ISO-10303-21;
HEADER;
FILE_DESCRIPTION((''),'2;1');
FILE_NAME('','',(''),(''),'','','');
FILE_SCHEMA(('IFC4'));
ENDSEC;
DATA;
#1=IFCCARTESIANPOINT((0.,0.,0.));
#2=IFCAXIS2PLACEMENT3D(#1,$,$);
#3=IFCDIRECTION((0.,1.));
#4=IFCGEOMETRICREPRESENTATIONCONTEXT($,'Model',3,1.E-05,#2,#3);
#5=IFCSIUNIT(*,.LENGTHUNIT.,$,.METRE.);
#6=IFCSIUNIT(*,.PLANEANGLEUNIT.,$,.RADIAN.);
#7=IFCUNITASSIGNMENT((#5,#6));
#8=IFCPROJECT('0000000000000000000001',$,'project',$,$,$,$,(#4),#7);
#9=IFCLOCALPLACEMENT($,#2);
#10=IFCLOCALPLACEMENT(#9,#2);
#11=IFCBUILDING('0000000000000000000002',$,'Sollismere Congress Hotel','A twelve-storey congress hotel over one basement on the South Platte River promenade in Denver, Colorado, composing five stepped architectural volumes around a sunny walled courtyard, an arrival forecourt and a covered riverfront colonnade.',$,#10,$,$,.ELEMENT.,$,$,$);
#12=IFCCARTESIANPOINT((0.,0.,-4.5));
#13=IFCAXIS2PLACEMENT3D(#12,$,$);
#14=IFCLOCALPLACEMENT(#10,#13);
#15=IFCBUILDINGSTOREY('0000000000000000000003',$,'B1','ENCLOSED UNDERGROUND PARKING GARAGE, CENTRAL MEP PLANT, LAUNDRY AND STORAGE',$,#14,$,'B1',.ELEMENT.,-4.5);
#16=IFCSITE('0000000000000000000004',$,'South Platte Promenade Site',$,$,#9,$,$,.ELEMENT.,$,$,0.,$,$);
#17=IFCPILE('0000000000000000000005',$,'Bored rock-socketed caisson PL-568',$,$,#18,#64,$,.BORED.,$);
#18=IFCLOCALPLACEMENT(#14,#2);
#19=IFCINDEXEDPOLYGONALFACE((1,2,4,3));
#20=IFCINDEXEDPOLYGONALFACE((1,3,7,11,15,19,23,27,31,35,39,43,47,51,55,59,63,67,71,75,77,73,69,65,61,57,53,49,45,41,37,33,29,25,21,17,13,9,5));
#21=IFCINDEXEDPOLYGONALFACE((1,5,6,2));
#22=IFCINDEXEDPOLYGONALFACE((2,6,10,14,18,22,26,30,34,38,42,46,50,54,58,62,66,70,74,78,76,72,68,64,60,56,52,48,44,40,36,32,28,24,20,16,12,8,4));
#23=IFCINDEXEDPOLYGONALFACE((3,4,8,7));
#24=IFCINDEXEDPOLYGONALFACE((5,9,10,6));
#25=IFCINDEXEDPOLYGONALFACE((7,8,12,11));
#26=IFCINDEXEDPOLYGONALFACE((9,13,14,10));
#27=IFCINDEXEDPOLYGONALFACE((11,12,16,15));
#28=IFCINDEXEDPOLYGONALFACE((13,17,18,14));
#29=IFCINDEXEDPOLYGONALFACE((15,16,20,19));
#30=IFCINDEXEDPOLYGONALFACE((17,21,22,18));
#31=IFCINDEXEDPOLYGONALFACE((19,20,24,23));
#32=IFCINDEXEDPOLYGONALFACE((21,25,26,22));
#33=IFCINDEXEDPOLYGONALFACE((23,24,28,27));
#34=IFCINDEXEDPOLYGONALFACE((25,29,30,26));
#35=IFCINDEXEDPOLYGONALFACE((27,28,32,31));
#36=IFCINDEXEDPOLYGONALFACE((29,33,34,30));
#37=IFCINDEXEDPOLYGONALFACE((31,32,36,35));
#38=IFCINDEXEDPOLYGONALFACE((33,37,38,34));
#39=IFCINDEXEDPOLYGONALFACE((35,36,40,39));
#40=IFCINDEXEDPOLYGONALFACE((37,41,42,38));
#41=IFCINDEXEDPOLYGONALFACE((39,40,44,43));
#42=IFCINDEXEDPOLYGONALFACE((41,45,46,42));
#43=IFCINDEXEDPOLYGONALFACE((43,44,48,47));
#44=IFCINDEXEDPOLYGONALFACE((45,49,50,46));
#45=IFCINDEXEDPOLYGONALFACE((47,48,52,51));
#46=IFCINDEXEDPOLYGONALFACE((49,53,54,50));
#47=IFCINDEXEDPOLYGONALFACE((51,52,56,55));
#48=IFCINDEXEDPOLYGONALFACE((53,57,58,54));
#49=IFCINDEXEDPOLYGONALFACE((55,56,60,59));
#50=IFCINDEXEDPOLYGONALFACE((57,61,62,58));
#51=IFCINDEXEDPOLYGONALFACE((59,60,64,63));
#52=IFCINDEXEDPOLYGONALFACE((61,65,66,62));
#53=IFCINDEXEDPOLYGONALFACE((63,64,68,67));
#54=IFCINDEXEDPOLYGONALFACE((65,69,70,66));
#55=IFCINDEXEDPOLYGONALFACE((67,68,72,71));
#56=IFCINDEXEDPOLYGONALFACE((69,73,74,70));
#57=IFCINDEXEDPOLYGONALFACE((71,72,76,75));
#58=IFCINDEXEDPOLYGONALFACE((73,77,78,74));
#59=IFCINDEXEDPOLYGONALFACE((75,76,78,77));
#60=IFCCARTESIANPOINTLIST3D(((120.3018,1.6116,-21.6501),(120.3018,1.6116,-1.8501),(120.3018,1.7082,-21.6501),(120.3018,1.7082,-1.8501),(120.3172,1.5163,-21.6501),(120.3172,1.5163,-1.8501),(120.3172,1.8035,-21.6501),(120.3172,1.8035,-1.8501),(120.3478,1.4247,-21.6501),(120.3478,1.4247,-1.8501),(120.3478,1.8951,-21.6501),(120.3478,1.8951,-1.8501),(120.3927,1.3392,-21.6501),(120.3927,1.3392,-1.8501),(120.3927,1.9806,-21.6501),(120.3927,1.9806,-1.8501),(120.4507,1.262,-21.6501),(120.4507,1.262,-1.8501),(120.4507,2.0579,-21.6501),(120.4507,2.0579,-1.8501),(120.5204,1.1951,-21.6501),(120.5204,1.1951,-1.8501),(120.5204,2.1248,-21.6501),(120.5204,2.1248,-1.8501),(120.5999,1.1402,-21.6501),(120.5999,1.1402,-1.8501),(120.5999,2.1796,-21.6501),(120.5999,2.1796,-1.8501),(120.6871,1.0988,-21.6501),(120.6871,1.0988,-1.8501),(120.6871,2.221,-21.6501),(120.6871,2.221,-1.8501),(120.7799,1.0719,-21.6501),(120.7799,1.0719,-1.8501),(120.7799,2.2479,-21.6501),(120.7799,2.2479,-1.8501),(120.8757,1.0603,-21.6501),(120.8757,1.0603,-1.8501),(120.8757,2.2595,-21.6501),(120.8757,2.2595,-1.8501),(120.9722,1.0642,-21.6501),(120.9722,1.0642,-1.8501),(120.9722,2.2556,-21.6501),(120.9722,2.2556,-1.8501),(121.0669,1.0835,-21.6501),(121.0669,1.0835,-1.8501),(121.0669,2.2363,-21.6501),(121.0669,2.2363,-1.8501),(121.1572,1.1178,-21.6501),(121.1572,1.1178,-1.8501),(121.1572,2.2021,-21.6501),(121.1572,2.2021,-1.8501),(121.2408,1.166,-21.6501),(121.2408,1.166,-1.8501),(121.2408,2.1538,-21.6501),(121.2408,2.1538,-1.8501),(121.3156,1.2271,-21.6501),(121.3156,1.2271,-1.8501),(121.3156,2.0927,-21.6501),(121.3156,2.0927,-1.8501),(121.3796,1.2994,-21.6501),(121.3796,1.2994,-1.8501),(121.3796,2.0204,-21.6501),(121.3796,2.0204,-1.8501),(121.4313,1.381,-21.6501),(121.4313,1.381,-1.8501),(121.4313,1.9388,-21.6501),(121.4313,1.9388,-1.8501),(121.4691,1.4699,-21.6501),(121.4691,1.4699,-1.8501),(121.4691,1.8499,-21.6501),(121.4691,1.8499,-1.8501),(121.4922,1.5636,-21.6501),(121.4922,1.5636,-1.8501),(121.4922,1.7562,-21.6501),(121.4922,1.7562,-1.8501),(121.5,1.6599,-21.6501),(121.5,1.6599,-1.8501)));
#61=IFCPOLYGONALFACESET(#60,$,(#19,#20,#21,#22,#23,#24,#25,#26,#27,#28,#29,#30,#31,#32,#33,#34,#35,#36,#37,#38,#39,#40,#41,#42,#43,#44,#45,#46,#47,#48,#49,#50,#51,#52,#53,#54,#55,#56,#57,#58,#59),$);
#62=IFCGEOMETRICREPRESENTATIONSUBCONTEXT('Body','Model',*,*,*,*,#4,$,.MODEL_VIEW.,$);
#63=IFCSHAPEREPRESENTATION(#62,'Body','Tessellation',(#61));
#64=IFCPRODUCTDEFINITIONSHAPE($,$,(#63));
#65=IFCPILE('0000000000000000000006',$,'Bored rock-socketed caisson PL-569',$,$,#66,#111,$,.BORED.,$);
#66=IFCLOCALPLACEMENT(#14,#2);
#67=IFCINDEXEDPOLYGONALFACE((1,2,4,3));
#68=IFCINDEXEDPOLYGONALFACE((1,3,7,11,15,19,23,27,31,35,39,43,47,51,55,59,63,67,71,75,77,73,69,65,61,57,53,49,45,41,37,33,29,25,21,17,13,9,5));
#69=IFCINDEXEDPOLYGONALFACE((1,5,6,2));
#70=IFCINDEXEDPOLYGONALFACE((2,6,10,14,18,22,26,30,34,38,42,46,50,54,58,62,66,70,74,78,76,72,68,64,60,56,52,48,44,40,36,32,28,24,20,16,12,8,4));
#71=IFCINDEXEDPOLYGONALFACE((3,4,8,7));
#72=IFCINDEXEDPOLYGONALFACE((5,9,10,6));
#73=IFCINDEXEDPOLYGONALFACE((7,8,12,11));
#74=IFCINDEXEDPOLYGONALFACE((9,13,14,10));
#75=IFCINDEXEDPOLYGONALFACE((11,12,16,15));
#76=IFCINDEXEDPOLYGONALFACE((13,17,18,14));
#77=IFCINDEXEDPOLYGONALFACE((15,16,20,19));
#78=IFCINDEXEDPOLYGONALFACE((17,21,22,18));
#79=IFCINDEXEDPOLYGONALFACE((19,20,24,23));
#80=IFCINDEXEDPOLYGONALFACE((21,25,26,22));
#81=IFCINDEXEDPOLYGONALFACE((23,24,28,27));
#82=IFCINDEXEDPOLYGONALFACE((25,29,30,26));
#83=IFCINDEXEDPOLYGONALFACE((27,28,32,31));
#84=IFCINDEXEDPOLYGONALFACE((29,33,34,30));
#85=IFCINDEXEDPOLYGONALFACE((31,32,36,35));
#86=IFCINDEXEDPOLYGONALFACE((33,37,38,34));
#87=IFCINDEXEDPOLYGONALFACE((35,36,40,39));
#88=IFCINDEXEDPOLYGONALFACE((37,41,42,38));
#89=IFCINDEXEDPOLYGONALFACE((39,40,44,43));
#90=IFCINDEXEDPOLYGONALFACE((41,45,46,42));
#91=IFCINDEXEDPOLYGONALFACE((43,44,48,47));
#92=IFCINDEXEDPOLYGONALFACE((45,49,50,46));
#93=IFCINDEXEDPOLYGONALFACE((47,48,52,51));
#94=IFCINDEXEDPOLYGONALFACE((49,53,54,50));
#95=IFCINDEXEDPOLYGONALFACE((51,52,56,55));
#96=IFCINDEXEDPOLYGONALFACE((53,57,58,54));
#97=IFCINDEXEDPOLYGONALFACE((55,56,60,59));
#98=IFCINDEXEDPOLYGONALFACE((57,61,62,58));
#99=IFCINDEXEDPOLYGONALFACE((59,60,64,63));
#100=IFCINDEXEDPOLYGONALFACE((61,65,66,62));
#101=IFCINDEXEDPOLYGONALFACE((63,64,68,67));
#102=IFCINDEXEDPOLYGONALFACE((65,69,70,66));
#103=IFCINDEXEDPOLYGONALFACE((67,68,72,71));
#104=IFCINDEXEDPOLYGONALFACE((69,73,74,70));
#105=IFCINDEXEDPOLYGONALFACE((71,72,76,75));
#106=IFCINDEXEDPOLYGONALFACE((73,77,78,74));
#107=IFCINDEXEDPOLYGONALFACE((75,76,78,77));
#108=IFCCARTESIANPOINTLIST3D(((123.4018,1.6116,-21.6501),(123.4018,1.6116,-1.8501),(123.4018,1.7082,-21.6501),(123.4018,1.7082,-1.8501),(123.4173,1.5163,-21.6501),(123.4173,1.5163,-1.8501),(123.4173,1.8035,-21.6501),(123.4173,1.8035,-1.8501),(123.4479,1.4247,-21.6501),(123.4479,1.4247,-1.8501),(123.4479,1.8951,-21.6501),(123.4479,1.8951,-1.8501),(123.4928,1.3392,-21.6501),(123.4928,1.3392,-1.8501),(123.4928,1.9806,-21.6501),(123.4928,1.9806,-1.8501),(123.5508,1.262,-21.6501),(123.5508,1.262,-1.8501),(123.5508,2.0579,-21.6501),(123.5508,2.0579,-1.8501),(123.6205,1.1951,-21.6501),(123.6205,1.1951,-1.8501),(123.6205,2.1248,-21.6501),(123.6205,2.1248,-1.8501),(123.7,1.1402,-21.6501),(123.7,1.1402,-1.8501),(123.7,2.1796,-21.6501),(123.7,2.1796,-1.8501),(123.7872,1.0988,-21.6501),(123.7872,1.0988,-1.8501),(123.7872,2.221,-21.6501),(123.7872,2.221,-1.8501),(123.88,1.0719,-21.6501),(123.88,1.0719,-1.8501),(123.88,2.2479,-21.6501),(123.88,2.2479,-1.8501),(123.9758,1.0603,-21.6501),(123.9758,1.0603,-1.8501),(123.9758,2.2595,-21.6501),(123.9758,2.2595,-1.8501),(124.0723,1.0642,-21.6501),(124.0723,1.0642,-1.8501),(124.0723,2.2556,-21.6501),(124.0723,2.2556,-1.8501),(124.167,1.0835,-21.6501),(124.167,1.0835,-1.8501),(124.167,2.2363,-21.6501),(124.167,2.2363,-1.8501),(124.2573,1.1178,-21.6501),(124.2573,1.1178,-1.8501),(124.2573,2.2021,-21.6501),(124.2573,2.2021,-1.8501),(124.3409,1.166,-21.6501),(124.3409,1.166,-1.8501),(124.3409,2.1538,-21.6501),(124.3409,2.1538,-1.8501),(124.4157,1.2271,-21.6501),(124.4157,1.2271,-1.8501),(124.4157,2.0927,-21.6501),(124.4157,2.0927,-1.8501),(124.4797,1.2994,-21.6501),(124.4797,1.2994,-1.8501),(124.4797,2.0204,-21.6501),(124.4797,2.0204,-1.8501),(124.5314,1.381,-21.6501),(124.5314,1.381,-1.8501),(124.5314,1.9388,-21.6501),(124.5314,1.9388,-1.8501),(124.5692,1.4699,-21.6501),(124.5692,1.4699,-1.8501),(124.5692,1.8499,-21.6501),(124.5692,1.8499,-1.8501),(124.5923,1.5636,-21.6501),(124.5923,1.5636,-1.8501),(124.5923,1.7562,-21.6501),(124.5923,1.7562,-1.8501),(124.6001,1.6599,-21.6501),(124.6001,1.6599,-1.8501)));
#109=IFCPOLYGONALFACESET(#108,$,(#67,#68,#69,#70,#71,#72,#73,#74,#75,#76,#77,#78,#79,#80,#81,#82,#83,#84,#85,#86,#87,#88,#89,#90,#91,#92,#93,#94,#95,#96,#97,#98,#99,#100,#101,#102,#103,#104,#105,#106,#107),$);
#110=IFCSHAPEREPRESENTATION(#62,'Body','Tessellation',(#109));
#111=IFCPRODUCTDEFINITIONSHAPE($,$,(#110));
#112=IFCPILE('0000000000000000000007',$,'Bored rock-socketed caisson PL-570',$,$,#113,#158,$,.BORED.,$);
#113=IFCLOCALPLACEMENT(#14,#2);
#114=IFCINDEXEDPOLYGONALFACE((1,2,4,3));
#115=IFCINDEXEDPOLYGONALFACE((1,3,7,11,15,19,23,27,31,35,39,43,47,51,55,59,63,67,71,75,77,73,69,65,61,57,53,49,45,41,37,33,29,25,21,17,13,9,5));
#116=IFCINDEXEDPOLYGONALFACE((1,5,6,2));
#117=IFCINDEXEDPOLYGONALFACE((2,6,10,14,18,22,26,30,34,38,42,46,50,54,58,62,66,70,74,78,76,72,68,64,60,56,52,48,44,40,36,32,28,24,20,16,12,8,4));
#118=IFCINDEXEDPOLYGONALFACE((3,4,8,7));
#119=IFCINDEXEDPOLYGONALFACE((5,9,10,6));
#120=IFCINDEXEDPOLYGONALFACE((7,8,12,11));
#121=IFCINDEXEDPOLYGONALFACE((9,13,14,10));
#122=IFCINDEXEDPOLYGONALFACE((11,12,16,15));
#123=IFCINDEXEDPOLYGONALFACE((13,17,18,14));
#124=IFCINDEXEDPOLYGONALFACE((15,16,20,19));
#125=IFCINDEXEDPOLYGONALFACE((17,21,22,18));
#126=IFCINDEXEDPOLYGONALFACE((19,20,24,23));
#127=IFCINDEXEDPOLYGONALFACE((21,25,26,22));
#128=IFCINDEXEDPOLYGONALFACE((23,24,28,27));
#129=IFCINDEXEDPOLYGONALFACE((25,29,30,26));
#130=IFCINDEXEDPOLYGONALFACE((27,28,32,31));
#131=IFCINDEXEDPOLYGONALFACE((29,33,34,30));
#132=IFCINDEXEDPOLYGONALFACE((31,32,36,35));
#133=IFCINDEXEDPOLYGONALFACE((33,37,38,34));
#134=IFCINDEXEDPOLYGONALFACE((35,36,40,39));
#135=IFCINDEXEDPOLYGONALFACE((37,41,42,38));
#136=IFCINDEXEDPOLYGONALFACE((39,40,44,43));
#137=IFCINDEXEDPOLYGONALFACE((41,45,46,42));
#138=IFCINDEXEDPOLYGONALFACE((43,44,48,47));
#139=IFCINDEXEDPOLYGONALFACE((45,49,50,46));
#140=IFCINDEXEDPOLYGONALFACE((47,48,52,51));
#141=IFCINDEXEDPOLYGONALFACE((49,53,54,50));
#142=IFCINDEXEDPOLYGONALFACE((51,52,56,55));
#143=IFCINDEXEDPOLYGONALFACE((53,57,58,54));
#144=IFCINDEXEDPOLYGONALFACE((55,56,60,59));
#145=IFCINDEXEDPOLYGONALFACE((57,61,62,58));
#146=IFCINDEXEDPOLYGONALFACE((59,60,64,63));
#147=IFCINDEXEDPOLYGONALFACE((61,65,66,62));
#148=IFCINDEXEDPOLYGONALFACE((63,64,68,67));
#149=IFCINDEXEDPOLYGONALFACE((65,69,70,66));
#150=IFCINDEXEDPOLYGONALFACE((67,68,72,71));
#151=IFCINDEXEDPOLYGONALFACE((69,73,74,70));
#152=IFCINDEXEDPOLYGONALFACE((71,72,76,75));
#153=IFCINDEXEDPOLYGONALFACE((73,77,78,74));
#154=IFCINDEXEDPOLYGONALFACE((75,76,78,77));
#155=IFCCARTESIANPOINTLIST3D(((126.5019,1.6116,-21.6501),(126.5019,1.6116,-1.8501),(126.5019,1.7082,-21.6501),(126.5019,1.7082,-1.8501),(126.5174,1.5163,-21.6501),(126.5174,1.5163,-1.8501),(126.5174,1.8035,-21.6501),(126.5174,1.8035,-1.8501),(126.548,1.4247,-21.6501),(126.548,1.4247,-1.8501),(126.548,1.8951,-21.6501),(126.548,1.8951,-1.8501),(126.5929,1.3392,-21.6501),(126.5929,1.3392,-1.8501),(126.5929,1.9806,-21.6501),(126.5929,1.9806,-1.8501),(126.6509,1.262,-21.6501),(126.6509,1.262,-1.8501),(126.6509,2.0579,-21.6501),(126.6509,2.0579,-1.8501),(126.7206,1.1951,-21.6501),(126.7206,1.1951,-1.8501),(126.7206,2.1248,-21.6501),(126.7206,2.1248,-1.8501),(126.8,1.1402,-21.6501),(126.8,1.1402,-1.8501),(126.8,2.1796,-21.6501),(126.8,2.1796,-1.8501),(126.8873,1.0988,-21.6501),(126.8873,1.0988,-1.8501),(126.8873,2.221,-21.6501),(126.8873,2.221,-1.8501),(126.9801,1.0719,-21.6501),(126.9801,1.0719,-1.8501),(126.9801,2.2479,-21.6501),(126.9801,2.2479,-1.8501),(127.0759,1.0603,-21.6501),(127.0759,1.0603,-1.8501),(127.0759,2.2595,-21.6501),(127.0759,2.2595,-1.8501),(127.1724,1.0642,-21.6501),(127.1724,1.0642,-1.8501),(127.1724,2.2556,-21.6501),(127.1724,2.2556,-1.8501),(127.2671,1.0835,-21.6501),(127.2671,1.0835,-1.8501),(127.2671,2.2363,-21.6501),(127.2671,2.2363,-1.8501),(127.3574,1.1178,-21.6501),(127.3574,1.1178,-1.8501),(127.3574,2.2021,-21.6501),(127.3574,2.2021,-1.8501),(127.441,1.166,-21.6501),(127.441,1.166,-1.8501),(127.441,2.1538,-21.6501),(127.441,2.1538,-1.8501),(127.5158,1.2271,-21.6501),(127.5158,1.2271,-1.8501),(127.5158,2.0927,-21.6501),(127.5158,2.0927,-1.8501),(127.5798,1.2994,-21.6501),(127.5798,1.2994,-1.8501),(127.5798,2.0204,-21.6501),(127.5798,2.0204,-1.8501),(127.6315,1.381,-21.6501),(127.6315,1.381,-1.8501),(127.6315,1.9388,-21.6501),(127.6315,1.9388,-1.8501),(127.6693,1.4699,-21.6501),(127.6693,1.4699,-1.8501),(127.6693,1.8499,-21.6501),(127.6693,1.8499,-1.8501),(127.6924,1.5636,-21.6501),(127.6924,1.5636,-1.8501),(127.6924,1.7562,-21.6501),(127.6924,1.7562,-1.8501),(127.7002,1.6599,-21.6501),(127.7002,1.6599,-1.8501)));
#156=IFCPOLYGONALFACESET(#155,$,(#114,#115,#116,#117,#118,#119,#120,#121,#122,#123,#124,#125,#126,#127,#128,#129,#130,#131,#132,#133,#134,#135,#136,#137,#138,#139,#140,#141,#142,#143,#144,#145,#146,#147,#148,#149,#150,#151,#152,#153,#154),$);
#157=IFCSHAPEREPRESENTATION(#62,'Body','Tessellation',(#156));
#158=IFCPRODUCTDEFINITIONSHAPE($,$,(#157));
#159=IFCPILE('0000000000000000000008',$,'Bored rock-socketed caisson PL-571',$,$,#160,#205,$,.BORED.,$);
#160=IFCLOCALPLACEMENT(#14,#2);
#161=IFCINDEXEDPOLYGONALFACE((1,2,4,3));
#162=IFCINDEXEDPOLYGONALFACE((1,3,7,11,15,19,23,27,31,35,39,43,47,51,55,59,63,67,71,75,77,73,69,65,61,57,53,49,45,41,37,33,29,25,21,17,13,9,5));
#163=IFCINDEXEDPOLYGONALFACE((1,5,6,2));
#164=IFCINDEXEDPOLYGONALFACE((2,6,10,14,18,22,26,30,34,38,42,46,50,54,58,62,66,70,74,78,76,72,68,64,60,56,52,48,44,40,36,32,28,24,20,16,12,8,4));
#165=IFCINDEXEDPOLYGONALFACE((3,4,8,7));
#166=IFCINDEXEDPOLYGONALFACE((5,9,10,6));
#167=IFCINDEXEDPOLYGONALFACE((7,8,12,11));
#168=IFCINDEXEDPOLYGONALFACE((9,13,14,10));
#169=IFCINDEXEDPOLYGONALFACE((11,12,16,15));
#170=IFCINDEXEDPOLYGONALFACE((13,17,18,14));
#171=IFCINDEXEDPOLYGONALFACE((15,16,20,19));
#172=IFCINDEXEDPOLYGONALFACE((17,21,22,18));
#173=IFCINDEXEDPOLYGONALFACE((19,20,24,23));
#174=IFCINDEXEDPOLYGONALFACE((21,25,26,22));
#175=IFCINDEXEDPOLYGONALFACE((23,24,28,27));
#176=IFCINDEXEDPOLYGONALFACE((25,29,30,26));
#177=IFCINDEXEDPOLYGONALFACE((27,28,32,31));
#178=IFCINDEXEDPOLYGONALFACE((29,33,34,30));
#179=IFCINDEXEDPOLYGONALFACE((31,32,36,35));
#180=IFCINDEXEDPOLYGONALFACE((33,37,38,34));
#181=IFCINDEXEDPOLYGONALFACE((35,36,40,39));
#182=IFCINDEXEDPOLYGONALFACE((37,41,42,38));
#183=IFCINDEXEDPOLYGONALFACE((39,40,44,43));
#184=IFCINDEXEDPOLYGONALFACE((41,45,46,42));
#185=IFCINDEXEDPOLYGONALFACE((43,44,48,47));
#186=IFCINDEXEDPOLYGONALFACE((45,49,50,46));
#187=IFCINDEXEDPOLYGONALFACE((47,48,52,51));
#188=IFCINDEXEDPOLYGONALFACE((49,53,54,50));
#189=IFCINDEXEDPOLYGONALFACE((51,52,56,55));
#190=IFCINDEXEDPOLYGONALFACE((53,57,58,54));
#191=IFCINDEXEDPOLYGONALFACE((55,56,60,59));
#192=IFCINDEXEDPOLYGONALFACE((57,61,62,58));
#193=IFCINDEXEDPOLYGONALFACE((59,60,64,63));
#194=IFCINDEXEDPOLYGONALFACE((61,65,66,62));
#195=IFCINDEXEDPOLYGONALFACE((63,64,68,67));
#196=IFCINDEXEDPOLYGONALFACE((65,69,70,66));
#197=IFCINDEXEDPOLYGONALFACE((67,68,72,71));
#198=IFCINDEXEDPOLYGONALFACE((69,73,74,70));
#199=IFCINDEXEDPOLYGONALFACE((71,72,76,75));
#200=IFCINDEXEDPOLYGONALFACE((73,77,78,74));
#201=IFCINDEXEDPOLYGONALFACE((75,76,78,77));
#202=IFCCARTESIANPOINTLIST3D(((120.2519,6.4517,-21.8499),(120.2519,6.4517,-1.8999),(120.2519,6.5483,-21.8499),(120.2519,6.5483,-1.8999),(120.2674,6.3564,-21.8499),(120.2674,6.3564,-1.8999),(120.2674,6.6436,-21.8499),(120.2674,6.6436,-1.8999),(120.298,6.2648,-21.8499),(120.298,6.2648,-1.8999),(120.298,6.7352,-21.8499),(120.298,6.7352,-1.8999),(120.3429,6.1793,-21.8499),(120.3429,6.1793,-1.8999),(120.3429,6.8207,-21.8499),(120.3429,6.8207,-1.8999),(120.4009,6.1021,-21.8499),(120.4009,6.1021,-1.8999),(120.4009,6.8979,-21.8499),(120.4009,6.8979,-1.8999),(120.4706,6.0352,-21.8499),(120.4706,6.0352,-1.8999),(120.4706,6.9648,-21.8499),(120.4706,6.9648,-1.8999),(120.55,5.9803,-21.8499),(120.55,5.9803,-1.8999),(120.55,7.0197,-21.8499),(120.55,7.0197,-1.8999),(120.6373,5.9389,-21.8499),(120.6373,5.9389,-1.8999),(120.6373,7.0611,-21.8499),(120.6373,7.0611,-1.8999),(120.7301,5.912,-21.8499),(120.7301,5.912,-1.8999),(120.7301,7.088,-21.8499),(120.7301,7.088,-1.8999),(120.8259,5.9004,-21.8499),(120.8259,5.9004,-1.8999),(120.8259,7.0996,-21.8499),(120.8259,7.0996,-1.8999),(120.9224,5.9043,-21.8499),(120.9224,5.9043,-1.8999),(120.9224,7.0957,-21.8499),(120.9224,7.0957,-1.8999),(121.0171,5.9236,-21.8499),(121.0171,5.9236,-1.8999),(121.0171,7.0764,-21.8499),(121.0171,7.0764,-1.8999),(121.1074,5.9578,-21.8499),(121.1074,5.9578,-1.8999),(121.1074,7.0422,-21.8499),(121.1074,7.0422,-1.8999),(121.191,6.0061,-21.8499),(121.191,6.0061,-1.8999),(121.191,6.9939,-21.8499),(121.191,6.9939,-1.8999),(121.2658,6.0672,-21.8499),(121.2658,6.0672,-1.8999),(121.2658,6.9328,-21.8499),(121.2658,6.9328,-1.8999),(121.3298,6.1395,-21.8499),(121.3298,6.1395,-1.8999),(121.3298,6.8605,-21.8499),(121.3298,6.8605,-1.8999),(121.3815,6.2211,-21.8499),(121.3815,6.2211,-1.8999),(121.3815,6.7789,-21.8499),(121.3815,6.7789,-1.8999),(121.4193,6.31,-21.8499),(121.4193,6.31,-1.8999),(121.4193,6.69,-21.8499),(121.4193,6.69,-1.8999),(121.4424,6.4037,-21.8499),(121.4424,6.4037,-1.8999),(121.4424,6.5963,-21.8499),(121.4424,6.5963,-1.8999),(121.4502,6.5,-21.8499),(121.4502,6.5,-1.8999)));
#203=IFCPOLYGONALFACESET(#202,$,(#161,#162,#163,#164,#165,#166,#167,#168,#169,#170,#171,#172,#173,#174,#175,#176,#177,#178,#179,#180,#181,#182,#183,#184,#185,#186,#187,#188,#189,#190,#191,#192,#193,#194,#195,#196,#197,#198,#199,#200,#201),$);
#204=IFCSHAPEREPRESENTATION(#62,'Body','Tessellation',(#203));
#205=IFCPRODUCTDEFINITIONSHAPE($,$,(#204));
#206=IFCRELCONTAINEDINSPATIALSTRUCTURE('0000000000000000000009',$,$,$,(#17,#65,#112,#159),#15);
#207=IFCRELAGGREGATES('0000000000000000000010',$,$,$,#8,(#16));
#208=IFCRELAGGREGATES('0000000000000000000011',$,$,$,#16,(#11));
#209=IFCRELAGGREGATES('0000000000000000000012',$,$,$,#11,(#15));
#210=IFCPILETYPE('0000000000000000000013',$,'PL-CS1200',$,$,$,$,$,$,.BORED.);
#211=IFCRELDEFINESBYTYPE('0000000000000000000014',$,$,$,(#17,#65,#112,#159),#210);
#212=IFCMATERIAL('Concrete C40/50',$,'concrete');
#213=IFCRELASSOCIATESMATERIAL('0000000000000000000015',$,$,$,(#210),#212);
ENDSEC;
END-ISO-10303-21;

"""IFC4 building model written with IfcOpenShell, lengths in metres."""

from ifc_helpers import new_model, si_unit, direction, frame, origin, origin_2d, place, context, subcontext, project, spatial, circle, extrude, material, material_profile, profile_set, type_object, element, save


model = new_model("IFC4")

# Units and contexts
model_context = context("Model", 3, precision=1e-05, world=origin(), true_north=direction((0.0, 1.0)))
body_context = subcontext(model_context, "Body", "Model", "MODEL_VIEW")
ifc_project = project(units=[si_unit("LENGTHUNIT", "METRE"), si_unit("PLANEANGLEUNIT", "RADIAN")], contexts=[model_context])

# Site, building, storey
site_placement = place(None, origin())
site = spatial("IfcSite", under=ifc_project, at=site_placement, Name="South Platte Promenade Site", CompositionType="ELEMENT", RefElevation=0.0)
building_placement = place(site_placement, origin())
building = spatial("IfcBuilding", under=site, at=building_placement, Name="Sollismere Congress Hotel", Description="A twelve-storey congress hotel over one basement on the South Platte River promenade in Denver, Colorado, composing five stepped architectural volumes around a sunny walled courtyard, an arrival forecourt and a covered riverfront colonnade.", CompositionType="ELEMENT")
storey_placement = place(building_placement, frame((0.0, 0.0, -4.5)))
storey = spatial("IfcBuildingStorey", under=building, at=storey_placement, Name="B1", Description="ENCLOSED UNDERGROUND PARKING GARAGE, CENTRAL MEP PLANT, LAUNDRY AND STORAGE", LongName="B1", CompositionType="ELEMENT", Elevation=-4.5)

# Shared definitions
ifc_material_1 = material(Name="Concrete C40/50", Category="concrete")

# Piles
ifc_material_profile_1 = material_profile(ifc_material_1, circle(Radius=0.6001, at=origin_2d()), Name="CAISSON1200")
ifc_profile_set_1 = profile_set([ifc_material_profile_1], Name="Concrete C40/50")
pile_type = type_object("IfcPileType", Name="PL-CS1200", PredefinedType="BORED", material=ifc_profile_set_1)
for number, where, z_axis, x_axis, name in (
    (1, (120.8999, 1.6599, -1.8501), (0.0, 0.0, -1.0), (1.0, 0.0, 0.0), "Bored rock-socketed caisson PL-568"),
    (2, (124.0, 1.6599, -1.8501), (0.0, 0.0, -1.0), (1.0, 0.0, 0.0), "Bored rock-socketed caisson PL-569"),
    (3, (127.1001, 1.6599, -1.8501), (0.0, 0.0, -1.0), (1.0, 0.0, 0.0), "Bored rock-socketed caisson PL-570"),
):
    element("IfcPile", number, at=place(storey_placement, frame(where, z_axis=z_axis, x_axis=x_axis)), inside=storey, type_object=pile_type, Name=name, PredefinedType="BORED", context=body_context, shape_type="SweptSolid", body=[
        extrude(circle(Radius=0.6001, at=origin_2d()), origin(), (0.0, 0.0, 1.0), 19.8),
    ])
for number, where, z_axis, x_axis, name in (
    (4, (120.8501, 6.5, -1.8999), (0.0, 0.0, -1.0), (1.0, 0.0, 0.0), "Bored rock-socketed caisson PL-571"),
):
    element("IfcPile", number, at=place(storey_placement, frame(where, z_axis=z_axis, x_axis=x_axis)), inside=storey, type_object=pile_type, Name=name, PredefinedType="BORED", context=body_context, shape_type="SweptSolid", body=[
        extrude(circle(Radius=0.6001, at=origin_2d()), origin(), (0.0, 0.0, 1.0), 19.95),
    ])

save(model, "model.ifc")
